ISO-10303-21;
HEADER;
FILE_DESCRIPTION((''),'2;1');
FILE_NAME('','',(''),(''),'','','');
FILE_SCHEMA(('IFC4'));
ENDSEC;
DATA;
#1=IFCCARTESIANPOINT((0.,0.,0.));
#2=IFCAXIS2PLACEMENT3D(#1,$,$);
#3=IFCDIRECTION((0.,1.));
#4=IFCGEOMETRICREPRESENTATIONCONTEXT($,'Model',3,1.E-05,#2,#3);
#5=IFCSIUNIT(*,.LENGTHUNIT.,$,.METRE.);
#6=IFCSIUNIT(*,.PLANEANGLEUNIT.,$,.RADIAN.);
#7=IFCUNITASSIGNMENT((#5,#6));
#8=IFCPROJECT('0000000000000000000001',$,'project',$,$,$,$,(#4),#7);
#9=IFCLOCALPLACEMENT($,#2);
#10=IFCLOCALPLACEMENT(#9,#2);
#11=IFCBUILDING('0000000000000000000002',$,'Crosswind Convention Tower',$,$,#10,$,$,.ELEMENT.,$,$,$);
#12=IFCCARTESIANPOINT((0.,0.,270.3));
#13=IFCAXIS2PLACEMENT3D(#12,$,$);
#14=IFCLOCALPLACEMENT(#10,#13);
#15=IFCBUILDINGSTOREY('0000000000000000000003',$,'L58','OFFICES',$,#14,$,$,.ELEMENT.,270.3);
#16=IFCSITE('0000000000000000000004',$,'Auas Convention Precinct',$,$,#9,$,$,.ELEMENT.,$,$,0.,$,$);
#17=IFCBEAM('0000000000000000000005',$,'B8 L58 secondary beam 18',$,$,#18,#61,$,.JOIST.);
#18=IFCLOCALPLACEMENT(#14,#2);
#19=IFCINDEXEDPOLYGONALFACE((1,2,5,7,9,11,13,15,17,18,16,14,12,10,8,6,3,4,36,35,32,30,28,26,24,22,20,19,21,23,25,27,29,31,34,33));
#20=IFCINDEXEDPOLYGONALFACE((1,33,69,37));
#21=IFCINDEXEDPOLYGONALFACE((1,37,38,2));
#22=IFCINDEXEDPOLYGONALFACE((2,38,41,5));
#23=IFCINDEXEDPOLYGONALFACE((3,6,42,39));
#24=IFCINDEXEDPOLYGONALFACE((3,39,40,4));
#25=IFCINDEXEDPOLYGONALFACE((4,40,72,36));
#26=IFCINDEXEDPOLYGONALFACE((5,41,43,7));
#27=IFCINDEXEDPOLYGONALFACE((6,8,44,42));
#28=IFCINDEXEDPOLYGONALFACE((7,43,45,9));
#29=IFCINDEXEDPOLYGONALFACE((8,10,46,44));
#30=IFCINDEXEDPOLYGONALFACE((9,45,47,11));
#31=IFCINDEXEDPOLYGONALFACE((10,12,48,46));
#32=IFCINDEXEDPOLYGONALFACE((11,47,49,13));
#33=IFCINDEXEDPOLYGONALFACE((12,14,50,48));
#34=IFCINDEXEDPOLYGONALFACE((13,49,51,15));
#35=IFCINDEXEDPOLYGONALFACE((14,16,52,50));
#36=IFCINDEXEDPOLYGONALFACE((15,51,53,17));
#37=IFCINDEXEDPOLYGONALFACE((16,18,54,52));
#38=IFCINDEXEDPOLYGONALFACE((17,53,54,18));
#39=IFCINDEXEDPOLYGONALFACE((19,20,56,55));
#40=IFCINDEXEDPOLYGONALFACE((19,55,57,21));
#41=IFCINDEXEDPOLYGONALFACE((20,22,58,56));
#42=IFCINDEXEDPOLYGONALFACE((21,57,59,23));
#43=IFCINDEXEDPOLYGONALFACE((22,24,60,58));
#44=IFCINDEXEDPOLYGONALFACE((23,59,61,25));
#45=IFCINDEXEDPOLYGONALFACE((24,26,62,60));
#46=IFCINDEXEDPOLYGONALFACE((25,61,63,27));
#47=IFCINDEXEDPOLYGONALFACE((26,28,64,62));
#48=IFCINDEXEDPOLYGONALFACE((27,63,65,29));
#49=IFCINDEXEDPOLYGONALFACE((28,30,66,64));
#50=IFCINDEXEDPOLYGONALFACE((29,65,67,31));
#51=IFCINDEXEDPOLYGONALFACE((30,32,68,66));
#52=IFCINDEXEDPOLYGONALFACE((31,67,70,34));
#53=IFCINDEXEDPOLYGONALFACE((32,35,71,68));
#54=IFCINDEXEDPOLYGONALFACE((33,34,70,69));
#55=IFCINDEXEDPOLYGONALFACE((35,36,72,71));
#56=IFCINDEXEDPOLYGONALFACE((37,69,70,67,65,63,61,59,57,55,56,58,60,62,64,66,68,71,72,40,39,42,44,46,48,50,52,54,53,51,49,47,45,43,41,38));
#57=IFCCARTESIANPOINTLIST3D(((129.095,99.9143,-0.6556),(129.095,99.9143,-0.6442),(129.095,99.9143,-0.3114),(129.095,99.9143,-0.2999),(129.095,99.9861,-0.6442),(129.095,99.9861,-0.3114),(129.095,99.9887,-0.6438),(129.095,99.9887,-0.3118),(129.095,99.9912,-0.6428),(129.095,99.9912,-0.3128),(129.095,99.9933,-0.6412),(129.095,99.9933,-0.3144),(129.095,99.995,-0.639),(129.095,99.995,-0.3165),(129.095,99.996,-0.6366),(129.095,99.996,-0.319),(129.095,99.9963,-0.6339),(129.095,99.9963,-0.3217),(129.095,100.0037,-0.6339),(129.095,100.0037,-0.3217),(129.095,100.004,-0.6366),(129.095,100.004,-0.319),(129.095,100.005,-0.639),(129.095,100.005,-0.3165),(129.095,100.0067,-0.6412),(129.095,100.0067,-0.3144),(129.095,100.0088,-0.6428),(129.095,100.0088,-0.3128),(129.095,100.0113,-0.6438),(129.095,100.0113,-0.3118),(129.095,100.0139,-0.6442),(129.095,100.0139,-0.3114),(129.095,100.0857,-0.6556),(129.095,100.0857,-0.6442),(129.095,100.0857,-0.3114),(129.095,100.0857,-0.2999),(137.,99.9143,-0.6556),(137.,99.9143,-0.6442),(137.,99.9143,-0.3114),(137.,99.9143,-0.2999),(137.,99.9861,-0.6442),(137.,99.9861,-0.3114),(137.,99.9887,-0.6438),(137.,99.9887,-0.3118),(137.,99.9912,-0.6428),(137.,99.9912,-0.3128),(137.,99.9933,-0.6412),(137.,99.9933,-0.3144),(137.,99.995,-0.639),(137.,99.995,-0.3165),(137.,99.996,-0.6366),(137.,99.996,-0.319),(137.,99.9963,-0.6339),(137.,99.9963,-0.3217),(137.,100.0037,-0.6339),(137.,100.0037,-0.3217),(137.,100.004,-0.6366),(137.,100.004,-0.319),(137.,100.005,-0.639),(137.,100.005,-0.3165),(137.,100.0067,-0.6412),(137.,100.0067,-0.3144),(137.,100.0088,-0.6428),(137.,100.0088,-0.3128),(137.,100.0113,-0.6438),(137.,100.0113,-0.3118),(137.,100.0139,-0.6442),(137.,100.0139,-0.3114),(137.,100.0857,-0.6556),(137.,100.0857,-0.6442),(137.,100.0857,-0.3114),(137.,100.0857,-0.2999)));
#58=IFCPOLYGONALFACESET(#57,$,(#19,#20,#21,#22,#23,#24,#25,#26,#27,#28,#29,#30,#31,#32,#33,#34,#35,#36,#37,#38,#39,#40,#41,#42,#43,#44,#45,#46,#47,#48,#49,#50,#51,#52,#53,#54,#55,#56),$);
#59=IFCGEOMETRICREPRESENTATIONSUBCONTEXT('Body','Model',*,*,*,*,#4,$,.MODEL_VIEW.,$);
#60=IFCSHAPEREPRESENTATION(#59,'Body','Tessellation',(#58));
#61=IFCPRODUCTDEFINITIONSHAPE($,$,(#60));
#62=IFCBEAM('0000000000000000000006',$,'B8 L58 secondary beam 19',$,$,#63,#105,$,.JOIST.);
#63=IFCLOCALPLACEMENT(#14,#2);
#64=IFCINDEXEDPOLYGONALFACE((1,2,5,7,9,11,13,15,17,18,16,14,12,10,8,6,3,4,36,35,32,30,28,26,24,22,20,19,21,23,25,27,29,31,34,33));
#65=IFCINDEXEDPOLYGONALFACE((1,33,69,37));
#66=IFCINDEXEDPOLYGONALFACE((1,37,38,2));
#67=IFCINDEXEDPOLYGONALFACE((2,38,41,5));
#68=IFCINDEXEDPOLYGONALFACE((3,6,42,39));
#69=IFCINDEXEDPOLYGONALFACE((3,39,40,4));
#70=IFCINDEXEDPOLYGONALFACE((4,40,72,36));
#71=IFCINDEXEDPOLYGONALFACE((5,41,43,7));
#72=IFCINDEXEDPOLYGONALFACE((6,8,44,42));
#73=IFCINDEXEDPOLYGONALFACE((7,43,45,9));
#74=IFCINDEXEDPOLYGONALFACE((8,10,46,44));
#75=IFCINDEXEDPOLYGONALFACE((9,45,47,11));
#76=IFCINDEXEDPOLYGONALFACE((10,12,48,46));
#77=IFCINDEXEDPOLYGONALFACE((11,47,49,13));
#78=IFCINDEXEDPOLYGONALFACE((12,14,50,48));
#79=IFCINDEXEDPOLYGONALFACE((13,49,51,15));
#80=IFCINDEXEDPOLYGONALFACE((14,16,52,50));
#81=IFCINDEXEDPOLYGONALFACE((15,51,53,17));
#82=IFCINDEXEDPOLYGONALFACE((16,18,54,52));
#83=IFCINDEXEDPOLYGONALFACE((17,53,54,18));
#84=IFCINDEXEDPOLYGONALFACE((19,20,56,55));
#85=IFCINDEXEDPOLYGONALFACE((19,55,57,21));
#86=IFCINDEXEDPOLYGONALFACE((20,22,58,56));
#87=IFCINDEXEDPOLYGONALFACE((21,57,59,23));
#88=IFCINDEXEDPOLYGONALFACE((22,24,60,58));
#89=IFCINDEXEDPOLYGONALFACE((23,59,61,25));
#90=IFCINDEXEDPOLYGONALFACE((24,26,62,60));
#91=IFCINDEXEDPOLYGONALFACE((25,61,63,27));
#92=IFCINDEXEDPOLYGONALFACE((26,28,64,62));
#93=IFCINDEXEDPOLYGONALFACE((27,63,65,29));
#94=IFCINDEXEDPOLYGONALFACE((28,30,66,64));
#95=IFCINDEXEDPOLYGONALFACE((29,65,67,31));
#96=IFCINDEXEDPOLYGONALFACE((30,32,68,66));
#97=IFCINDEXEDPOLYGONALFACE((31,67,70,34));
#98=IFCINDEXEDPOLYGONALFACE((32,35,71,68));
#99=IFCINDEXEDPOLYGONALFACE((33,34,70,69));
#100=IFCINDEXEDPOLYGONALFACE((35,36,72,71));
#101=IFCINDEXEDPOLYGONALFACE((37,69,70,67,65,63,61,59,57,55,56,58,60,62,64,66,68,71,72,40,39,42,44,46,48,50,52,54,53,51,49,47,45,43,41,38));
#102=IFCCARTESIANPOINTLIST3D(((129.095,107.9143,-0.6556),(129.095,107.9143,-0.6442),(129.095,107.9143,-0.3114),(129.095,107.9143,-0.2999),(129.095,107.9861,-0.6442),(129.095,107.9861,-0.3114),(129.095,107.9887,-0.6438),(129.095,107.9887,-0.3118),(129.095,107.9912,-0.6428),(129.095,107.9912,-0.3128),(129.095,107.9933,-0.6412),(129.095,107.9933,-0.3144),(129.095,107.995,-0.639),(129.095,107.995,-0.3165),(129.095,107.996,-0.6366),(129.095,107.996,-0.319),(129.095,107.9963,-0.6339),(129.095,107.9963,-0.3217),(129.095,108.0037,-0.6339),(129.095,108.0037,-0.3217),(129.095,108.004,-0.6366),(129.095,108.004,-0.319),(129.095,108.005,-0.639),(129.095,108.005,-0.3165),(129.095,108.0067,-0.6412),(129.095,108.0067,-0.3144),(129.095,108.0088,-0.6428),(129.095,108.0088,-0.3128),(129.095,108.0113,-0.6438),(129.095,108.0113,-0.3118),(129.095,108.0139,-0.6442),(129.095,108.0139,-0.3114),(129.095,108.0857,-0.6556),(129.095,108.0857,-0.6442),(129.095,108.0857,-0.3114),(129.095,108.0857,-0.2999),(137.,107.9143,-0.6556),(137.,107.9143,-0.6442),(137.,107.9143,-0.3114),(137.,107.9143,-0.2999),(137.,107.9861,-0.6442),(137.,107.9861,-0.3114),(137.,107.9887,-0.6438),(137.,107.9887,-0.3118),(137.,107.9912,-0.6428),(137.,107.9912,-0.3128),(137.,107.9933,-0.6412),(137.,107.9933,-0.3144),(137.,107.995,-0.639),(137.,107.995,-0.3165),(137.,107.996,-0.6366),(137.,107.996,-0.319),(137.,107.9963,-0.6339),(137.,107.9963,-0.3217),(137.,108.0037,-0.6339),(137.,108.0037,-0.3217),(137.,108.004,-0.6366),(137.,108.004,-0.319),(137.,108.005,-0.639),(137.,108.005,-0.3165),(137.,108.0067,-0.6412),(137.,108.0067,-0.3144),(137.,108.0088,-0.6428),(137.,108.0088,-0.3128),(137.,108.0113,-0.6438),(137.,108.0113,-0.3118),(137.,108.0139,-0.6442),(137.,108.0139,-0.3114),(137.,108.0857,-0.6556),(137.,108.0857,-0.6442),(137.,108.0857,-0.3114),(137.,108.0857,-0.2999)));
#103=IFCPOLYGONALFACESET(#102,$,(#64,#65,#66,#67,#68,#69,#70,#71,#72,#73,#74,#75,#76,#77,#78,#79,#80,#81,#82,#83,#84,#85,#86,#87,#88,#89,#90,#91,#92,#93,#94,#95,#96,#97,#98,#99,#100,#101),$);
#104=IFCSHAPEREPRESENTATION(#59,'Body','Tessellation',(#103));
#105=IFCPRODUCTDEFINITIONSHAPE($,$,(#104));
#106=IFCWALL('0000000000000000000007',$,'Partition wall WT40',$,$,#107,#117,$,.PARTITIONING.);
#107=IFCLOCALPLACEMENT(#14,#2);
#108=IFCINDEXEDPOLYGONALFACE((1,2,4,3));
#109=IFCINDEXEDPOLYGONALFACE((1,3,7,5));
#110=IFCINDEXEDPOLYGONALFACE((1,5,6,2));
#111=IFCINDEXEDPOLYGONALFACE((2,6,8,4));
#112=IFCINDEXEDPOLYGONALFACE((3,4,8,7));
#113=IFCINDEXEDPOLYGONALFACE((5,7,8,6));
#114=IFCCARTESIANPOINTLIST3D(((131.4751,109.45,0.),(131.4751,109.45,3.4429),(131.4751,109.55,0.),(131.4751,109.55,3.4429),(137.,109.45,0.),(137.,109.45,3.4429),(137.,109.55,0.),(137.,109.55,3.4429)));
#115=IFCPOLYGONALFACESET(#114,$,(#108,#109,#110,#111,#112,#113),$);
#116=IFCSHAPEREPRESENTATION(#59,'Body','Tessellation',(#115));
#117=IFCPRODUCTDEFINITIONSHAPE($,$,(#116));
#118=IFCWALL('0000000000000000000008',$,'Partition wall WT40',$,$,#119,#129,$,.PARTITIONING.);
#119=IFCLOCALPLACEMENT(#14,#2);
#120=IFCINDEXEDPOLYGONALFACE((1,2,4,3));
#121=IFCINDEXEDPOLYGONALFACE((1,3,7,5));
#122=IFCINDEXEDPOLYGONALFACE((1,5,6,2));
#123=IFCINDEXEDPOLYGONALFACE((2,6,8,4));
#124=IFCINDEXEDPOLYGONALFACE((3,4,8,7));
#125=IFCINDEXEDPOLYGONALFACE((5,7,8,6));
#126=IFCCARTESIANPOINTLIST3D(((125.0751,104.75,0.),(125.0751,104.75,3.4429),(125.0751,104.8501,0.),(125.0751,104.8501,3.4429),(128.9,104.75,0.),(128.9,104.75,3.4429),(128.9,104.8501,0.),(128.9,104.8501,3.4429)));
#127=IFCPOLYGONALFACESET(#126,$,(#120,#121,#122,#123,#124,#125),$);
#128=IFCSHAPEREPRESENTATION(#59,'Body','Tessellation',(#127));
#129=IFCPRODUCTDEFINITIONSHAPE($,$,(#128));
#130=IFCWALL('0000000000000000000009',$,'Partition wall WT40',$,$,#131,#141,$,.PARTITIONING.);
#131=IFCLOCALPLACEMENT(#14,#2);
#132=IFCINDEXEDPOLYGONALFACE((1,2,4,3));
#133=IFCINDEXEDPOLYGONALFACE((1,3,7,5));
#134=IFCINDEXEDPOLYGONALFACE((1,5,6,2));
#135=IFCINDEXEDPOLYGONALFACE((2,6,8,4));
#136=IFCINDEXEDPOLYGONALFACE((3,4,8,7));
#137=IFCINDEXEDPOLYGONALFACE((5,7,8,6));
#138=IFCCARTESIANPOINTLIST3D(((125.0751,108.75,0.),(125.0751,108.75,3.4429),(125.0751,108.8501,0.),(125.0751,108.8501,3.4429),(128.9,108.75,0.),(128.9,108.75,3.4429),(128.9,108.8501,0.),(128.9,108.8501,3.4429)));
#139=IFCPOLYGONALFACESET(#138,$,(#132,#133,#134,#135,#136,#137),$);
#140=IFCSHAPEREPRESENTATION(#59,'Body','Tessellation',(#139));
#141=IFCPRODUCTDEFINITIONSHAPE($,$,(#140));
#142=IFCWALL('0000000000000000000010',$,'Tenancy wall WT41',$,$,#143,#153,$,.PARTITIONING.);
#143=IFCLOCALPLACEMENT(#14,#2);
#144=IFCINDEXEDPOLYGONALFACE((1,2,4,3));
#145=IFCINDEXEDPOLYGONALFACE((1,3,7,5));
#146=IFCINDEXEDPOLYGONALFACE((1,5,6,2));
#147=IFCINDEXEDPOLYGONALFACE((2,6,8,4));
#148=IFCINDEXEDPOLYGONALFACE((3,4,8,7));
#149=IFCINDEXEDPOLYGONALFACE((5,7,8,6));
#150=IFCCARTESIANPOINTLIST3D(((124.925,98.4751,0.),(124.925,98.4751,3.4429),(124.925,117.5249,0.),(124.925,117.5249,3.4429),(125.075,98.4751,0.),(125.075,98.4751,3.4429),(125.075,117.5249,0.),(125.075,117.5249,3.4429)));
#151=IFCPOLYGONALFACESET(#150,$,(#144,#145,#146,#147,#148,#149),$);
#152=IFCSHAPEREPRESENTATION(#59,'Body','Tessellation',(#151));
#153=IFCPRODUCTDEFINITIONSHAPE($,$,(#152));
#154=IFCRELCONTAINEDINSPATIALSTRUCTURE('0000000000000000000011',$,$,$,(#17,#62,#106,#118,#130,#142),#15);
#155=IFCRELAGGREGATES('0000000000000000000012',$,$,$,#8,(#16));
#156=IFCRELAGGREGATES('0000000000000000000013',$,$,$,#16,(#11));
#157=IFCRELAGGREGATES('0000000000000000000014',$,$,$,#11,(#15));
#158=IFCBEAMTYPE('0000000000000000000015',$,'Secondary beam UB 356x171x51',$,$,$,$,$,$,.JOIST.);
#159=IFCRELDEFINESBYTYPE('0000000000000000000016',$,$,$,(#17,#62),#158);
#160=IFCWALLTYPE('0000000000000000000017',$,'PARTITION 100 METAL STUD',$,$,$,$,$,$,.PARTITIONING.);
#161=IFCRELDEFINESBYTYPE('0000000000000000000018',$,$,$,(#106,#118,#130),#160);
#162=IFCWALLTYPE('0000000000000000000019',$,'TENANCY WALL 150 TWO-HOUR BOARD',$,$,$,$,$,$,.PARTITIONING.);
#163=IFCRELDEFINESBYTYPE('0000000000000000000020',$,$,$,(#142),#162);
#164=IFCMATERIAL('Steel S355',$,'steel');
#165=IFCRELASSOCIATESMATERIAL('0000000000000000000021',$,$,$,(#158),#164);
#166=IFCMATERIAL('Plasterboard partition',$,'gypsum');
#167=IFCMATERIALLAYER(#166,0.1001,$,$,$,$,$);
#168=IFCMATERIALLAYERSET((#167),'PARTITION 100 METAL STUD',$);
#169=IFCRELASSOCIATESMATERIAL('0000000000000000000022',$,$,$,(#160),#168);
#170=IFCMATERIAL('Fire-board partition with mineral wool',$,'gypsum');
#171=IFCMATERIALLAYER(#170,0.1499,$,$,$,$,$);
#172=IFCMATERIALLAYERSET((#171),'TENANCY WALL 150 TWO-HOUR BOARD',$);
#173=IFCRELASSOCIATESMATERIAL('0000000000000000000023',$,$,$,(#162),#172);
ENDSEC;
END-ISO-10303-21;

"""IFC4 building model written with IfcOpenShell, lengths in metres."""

from ifc_helpers import new_model, si_unit, direction, frame, frame_2d, origin, origin_2d, place, context, subcontext, project, spatial, rectangle, i_section, extrude, material, layer, layer_set, material_profile, profile_set, type_object, element, save


model = new_model("IFC4")

# Units and contexts
model_context = context("Model", 3, precision=1e-05, world=origin(), true_north=direction((0.0, 1.0)))
body_context = subcontext(model_context, "Body", "Model", "MODEL_VIEW")
ifc_project = project(units=[si_unit("LENGTHUNIT", "METRE"), si_unit("PLANEANGLEUNIT", "RADIAN")], contexts=[model_context])

# Site, building, storey
site_placement = place(None, origin())
site = spatial("IfcSite", under=ifc_project, at=site_placement, Name="Auas Convention Precinct", CompositionType="ELEMENT", RefElevation=0.0)
building_placement = place(site_placement, origin())
building = spatial("IfcBuilding", under=site, at=building_placement, Name="Crosswind Convention Tower", CompositionType="ELEMENT")
storey_placement = place(building_placement, frame((0.0, 0.0, 270.3)))
storey = spatial("IfcBuildingStorey", under=building, at=storey_placement, Name="L58", Description="OFFICES", CompositionType="ELEMENT", Elevation=270.3)

# Beams
ifc_material_1 = material(Name="Steel S355", Category="steel")
ifc_material_profile_1 = material_profile(ifc_material_1, i_section(OverallWidth=0.1714, OverallDepth=0.3557, WebThickness=0.0073, FlangeThickness=0.0115, FilletRadius=0.0103, at=origin_2d()), Name="UB 356x171x51")
ifc_profile_set_1 = profile_set([ifc_material_profile_1], Name="Steel S355")
beam_type_1 = type_object("IfcBeamType", Name="Secondary beam UB 356x171x51", PredefinedType="JOIST", material=ifc_profile_set_1)
for number, where, z_axis, x_axis, name in (
    (1, (129.095, 100.0, -0.4778), (1.0, 0.0, 0.0), (0.0, 1.0, 0.0), "B8 L58 secondary beam 18"),
    (2, (129.095, 108.0, -0.4778), (1.0, 0.0, 0.0), (0.0, 1.0, 0.0), "B8 L58 secondary beam 19"),
):
    element("IfcBeam", number, at=place(storey_placement, frame(where, z_axis=z_axis, x_axis=x_axis)), inside=storey, type_object=beam_type_1, Name=name, PredefinedType="JOIST", context=body_context, shape_type="SweptSolid", body=[
        extrude(i_section(OverallWidth=0.1714, OverallDepth=0.3557, WebThickness=0.0073, FlangeThickness=0.0115, FilletRadius=0.0103, at=origin_2d()), origin(), (0.0, 0.0, 1.0), 7.905),
    ])

# Walls
ifc_material_2 = material(Name="Plasterboard partition", Category="gypsum")
ifc_layer_1 = layer(ifc_material_2, 0.1001)
ifc_layer_set_1 = layer_set([ifc_layer_1], Name="PARTITION 100 METAL STUD")
wall_type_1 = type_object("IfcWallType", Name="PARTITION 100 METAL STUD", PredefinedType="PARTITIONING", material=ifc_layer_set_1)
wall_1_placement = place(storey_placement, frame((131.4751, 109.5, 0.0), z_axis=(0.0, 0.0, 1.0), x_axis=(1.0, 0.0, 0.0)))
element("IfcWall", 3, at=wall_1_placement, inside=storey, type_object=wall_type_1, Name="Partition wall WT40", PredefinedType="PARTITIONING", context=body_context, shape_type="SweptSolid", body=[
    extrude(rectangle(XDim=5.5249, YDim=0.1001, at=frame_2d((2.7625, 0.0))), origin(), (0.0, 0.0, 1.0), 3.4429),
])
for number, where, z_axis, x_axis, name in (
    (4, (125.075, 104.8, 0.0), (0.0, 0.0, 1.0), (1.0, 0.0, 0.0), "Partition wall WT40"),
    (5, (125.075, 108.8, 0.0), (0.0, 0.0, 1.0), (1.0, 0.0, 0.0), "Partition wall WT40"),
):
    element("IfcWall", number, at=place(storey_placement, frame(where, z_axis=z_axis, x_axis=x_axis)), inside=storey, type_object=wall_type_1, Name=name, PredefinedType="PARTITIONING", context=body_context, shape_type="SweptSolid", body=[
        extrude(rectangle(XDim=3.825, YDim=0.1001, at=frame_2d((1.9126, 0.0))), origin(), (0.0, 0.0, 1.0), 3.4429),
    ])
ifc_material_3 = material(Name="Fire-board partition with mineral wool", Category="gypsum")
ifc_layer_2 = layer(ifc_material_3, 0.1499)
ifc_layer_set_2 = layer_set([ifc_layer_2], Name="TENANCY WALL 150 TWO-HOUR BOARD")
wall_type_2 = type_object("IfcWallType", Name="TENANCY WALL 150 TWO-HOUR BOARD", PredefinedType="PARTITIONING", material=ifc_layer_set_2)
wall_2_placement = place(storey_placement, frame((125.0, 98.4751, 0.0), z_axis=(0.0, 0.0, 1.0), x_axis=(0.0, 1.0, 0.0)))
element("IfcWall", 6, at=wall_2_placement, inside=storey, type_object=wall_type_2, Name="Tenancy wall WT41", PredefinedType="PARTITIONING", context=body_context, shape_type="SweptSolid", body=[
    extrude(rectangle(XDim=19.0498, YDim=0.1499, at=frame_2d((9.5249, 0.0))), origin(), (0.0, 0.0, 1.0), 3.4429),
])

save(model, "model.ifc")
